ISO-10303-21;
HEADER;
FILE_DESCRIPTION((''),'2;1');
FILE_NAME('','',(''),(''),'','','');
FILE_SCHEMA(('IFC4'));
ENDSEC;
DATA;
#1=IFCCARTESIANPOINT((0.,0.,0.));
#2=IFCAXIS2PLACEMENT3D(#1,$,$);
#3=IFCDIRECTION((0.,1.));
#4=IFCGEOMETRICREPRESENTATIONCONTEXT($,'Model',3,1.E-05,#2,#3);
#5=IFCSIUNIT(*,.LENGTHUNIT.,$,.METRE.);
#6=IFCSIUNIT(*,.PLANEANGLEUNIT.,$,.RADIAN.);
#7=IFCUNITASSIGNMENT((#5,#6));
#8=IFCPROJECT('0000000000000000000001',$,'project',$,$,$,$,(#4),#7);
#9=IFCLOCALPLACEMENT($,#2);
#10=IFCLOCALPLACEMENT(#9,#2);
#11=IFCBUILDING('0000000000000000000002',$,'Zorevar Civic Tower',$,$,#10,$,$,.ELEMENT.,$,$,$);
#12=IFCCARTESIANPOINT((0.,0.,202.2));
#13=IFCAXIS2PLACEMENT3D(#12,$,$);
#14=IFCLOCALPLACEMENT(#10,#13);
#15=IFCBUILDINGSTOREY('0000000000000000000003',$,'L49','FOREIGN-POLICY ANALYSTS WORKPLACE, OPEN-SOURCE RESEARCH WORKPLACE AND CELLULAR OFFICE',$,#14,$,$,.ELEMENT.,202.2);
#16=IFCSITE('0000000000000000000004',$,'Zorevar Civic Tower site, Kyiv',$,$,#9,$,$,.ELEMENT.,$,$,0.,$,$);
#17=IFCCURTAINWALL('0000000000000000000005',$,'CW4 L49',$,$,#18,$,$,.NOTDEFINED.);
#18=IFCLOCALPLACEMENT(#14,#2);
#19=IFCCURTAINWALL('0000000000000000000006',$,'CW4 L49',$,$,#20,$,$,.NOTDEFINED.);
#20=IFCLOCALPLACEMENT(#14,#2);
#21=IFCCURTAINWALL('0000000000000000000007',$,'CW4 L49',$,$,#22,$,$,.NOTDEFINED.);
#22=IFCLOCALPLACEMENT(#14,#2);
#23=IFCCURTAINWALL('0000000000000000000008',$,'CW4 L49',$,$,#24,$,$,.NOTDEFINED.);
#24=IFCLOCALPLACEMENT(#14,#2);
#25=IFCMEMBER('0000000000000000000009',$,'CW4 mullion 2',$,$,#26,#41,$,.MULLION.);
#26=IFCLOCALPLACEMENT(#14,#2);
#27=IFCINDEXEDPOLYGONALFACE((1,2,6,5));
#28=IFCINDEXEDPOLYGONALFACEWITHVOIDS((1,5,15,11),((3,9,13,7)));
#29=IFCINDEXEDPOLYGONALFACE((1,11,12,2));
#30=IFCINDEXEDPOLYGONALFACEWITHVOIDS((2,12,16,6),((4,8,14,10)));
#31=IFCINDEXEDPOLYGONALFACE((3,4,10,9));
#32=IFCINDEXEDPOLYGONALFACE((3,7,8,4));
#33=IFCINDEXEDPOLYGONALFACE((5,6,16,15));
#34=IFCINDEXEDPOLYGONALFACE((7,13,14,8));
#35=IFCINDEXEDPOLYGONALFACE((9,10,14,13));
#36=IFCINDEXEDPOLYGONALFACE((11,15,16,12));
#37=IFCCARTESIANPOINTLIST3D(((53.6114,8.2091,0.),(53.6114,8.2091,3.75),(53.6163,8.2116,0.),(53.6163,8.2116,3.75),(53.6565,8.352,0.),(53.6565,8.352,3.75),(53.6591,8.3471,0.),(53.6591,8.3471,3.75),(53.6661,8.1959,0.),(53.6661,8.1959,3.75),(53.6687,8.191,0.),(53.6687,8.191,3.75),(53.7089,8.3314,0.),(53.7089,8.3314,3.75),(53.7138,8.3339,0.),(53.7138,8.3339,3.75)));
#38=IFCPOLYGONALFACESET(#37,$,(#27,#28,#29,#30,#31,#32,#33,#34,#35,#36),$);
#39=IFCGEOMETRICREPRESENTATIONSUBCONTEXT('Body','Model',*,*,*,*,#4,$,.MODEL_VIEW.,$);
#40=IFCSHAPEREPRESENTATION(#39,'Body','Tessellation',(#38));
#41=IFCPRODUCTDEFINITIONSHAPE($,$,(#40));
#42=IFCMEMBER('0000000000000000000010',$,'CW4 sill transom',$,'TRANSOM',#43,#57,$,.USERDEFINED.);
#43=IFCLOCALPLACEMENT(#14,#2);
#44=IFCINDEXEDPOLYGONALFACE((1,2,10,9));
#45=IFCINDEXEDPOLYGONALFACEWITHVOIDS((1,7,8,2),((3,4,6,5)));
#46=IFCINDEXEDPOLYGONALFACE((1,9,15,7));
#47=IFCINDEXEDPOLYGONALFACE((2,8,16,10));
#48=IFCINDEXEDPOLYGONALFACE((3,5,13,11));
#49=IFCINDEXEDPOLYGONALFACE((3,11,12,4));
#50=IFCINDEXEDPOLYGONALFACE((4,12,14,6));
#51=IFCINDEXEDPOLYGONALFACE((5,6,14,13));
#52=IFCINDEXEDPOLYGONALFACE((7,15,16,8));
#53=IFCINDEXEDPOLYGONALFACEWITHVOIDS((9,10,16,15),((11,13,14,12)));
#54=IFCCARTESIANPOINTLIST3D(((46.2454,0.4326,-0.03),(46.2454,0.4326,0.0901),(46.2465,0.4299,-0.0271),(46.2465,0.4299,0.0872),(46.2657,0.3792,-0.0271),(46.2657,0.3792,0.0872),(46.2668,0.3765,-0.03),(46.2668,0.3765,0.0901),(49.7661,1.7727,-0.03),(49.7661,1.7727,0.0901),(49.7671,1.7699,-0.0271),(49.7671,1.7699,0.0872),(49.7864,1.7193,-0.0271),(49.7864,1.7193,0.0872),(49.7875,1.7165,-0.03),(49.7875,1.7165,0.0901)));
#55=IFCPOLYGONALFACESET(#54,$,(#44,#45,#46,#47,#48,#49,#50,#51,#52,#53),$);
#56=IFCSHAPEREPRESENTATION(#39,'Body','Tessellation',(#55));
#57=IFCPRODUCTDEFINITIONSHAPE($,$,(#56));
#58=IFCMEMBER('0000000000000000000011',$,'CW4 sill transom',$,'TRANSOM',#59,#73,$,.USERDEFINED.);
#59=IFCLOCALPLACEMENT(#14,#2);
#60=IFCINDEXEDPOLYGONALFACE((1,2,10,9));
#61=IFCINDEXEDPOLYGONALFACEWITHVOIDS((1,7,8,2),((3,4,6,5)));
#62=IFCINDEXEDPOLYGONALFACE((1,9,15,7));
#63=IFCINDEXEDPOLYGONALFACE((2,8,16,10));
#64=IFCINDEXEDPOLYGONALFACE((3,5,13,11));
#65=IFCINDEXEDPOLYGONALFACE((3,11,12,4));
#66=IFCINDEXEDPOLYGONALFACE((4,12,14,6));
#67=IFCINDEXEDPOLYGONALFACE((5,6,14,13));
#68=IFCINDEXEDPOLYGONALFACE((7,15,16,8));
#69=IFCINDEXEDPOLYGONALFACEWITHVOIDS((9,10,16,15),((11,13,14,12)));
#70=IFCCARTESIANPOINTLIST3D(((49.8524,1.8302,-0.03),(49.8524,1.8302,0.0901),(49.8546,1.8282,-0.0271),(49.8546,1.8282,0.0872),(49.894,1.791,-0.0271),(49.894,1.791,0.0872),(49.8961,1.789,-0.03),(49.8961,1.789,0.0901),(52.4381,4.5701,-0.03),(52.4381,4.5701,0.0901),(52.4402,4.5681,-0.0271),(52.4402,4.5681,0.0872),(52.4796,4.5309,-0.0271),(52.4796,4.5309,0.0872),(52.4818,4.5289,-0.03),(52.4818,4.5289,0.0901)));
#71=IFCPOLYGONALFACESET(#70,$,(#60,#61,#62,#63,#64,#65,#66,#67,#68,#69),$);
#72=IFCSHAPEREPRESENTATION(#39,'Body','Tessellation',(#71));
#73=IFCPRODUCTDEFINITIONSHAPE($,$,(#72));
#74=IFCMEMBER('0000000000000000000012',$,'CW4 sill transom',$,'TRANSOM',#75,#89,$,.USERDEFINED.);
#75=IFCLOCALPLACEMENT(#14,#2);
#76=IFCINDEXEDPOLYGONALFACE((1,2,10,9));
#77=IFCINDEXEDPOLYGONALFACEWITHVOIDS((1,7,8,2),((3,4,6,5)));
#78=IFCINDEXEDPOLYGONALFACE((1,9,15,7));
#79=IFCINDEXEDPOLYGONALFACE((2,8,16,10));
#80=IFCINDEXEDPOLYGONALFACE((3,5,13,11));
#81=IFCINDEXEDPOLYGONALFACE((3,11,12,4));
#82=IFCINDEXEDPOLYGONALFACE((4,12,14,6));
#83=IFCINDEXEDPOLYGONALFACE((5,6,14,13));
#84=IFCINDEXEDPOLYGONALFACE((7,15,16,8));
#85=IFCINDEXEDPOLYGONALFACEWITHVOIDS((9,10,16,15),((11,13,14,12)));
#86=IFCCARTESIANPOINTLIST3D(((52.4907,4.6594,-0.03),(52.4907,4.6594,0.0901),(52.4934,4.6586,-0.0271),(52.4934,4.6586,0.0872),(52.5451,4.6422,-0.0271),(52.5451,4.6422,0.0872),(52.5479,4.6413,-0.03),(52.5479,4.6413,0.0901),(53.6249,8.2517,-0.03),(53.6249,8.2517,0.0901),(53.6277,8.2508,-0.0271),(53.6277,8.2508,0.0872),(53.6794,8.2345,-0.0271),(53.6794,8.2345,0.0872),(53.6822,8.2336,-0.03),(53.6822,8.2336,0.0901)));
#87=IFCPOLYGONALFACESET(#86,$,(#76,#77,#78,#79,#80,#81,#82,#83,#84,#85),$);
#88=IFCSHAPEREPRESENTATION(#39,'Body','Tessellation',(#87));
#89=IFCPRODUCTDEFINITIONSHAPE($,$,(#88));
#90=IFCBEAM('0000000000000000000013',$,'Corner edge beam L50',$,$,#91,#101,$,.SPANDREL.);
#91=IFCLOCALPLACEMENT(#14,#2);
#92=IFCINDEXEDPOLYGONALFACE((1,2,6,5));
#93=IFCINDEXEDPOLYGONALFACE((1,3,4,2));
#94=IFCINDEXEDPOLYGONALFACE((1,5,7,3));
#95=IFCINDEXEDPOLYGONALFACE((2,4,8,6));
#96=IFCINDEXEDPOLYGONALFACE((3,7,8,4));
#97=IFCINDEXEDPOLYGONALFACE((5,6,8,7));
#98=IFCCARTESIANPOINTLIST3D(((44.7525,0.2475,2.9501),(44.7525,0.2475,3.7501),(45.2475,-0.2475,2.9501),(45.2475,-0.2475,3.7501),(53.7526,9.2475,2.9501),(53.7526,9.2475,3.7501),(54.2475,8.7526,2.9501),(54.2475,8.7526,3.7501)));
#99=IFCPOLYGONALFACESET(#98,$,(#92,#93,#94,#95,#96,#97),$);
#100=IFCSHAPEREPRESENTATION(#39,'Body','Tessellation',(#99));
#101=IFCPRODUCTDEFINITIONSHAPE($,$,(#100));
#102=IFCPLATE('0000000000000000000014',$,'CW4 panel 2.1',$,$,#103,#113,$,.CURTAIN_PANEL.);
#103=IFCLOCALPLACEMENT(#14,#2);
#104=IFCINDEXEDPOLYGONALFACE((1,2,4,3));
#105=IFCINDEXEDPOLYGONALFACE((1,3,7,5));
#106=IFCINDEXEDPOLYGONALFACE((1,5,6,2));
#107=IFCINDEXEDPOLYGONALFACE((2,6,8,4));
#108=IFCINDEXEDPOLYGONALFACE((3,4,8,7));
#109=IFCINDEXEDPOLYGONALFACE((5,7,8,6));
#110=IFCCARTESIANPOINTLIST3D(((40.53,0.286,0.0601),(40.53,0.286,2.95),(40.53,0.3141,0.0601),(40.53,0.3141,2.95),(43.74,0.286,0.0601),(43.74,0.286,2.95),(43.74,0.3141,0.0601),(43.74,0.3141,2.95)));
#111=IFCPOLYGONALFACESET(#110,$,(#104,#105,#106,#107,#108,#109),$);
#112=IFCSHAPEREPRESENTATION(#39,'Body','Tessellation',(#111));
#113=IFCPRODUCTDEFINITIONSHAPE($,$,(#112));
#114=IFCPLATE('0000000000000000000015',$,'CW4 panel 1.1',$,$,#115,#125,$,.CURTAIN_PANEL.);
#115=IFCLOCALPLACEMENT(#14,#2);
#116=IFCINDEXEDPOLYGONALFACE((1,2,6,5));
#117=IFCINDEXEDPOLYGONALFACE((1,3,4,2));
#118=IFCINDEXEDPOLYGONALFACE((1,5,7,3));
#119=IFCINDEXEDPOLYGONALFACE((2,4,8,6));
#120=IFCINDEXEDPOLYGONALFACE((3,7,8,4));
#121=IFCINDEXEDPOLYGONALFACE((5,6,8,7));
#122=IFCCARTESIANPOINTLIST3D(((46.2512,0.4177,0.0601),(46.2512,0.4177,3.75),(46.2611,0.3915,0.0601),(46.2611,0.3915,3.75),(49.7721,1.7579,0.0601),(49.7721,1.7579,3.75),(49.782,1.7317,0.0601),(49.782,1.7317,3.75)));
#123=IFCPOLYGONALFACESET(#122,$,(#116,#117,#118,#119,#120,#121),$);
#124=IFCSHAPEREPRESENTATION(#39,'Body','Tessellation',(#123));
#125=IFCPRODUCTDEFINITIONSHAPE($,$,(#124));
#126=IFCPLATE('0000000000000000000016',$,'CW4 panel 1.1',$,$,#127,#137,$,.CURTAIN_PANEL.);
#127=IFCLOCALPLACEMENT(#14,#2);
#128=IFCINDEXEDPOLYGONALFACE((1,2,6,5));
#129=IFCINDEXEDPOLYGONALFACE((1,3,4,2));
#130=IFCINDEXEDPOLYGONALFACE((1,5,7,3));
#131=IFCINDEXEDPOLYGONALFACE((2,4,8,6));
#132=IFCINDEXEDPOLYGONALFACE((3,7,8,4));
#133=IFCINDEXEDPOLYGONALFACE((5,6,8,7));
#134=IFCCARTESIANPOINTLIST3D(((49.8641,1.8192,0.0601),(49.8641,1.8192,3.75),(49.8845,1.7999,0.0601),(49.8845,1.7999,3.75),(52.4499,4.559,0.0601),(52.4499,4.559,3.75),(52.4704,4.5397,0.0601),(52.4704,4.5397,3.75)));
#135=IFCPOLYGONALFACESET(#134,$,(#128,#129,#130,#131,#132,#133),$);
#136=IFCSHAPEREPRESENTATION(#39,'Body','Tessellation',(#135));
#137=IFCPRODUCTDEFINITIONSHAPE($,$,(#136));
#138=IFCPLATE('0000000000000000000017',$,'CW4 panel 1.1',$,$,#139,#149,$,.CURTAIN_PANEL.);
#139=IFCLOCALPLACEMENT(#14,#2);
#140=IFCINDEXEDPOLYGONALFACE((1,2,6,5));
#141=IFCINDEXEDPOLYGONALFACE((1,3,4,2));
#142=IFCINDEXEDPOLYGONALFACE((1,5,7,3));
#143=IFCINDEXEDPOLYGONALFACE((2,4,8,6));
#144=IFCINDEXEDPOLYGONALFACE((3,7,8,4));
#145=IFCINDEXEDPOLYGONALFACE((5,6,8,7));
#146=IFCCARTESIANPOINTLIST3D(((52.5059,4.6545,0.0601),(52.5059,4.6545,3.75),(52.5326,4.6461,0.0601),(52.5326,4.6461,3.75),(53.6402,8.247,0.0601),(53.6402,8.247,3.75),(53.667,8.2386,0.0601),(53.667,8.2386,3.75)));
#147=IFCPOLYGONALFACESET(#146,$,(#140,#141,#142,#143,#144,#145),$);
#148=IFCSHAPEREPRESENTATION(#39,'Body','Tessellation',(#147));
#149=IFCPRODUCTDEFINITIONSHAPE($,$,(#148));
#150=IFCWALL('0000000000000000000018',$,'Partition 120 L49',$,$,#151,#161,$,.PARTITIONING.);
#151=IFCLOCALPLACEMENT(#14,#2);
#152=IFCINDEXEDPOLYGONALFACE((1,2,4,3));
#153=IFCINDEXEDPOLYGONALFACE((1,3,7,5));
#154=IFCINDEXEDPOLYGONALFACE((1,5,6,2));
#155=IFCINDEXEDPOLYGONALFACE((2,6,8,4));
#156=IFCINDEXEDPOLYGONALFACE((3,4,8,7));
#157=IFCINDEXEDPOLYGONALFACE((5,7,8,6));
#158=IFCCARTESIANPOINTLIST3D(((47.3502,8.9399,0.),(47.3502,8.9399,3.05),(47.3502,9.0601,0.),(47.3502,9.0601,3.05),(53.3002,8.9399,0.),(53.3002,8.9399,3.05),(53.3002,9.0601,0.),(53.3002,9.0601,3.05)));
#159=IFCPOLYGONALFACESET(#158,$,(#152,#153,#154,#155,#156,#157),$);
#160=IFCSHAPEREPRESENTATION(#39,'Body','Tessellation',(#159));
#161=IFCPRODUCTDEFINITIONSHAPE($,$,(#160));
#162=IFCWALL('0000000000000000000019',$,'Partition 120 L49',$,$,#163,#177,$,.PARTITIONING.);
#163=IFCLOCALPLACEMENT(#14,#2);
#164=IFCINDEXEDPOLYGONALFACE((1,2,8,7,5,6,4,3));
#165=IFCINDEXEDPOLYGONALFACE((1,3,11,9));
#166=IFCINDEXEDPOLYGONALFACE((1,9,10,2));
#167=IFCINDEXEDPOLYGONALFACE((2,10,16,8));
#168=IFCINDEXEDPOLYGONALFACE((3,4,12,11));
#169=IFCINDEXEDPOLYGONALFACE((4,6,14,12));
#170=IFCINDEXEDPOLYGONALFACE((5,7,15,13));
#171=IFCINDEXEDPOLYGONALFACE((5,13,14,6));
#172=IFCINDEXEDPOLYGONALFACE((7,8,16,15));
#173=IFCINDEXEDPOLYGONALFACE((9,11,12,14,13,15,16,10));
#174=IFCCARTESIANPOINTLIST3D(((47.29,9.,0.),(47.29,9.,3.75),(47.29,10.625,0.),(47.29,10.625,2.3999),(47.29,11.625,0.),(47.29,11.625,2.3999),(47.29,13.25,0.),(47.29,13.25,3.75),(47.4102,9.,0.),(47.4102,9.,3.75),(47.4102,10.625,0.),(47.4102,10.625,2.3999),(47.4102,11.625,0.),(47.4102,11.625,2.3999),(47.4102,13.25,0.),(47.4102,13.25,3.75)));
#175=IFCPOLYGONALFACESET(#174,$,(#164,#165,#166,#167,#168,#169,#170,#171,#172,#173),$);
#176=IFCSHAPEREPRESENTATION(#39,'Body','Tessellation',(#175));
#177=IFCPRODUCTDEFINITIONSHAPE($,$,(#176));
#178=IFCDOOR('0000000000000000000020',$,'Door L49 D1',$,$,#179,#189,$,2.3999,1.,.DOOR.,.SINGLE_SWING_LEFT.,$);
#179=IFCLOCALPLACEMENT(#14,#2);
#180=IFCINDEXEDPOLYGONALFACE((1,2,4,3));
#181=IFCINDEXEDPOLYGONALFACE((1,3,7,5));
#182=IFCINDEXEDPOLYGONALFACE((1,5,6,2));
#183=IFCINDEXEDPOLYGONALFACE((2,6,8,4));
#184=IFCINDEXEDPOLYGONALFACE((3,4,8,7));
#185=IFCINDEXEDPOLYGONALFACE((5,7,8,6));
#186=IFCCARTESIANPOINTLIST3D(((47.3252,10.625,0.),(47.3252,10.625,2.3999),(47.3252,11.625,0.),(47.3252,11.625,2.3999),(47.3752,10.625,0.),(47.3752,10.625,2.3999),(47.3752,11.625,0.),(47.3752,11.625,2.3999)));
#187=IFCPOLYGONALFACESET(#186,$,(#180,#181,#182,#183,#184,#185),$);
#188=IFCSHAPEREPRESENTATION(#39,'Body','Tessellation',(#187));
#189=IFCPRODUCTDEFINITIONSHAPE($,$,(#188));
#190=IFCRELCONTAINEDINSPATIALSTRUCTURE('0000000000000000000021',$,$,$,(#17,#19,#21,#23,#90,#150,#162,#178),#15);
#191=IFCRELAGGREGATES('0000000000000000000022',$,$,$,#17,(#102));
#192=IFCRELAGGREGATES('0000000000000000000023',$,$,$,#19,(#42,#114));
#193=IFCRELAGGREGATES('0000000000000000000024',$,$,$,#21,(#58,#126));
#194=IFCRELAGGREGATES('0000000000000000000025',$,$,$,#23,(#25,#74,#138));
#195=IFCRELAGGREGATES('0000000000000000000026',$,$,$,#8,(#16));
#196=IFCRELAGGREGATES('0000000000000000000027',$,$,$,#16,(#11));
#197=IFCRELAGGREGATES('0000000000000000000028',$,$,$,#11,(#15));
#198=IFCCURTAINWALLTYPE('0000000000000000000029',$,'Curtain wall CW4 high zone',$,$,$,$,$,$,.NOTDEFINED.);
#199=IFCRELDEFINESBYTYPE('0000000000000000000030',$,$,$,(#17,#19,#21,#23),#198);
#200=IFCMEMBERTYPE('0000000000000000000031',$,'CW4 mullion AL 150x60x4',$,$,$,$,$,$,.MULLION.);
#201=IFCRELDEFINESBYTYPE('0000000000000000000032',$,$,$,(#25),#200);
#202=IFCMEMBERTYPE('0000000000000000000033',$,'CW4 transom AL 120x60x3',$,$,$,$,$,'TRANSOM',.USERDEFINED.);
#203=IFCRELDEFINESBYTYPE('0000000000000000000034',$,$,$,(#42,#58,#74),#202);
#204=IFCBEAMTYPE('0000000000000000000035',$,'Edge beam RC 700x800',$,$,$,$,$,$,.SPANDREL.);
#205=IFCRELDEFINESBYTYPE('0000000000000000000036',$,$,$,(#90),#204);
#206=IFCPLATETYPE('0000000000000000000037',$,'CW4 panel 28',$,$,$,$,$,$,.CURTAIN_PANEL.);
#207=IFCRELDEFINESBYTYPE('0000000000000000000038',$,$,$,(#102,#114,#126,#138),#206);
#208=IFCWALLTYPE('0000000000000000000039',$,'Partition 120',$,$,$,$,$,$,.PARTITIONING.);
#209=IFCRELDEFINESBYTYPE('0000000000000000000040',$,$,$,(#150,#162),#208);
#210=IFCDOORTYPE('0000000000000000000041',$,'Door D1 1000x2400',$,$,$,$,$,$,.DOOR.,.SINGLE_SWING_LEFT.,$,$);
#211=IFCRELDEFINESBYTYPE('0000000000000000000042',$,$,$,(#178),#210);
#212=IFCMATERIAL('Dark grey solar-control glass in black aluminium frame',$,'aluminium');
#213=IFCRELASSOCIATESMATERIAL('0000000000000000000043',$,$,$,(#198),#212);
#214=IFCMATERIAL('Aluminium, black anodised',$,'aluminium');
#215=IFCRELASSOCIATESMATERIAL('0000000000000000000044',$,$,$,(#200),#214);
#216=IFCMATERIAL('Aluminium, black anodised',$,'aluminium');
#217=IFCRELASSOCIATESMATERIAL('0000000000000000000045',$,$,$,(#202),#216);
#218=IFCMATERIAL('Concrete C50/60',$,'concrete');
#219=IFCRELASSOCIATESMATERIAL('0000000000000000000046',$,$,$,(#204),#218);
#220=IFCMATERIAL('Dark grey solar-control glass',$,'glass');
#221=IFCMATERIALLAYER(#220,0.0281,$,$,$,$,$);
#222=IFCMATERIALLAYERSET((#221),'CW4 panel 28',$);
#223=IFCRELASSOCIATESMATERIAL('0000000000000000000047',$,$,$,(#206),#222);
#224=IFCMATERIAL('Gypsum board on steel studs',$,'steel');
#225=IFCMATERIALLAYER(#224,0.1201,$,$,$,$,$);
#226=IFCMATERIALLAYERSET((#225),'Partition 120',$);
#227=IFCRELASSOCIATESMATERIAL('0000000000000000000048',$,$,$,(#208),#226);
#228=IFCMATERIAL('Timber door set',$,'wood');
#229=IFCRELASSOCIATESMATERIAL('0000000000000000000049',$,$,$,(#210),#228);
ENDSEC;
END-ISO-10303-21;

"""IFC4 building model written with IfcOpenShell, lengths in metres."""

from ifc_helpers import new_model, si_unit, direction, frame, frame_2d, origin, origin_2d, place, context, subcontext, project, spatial, rectangle, hollow_rectangle, extrude, material, layer, layer_set, material_profile, profile_set, type_object, element, fill, aggregate, save


model = new_model("IFC4")

# Units and contexts
model_context = context("Model", 3, precision=1e-05, world=origin(), true_north=direction((0.0, 1.0)))
body_context = subcontext(model_context, "Body", "Model", "MODEL_VIEW")
ifc_project = project(units=[si_unit("LENGTHUNIT", "METRE"), si_unit("PLANEANGLEUNIT", "RADIAN")], contexts=[model_context])

# Site, building, storey
site_placement = place(None, origin())
site = spatial("IfcSite", under=ifc_project, at=site_placement, Name="Zorevar Civic Tower site, Kyiv", CompositionType="ELEMENT", RefElevation=0.0)
building_placement = place(site_placement, origin())
building = spatial("IfcBuilding", under=site, at=building_placement, Name="Zorevar Civic Tower", CompositionType="ELEMENT")
storey_placement = place(building_placement, frame((0.0, 0.0, 202.2)))
storey = spatial("IfcBuildingStorey", under=building, at=storey_placement, Name="L49", Description="FOREIGN-POLICY ANALYSTS WORKPLACE, OPEN-SOURCE RESEARCH WORKPLACE AND CELLULAR OFFICE", CompositionType="ELEMENT", Elevation=202.2)

# Curtain wall
ifc_material_1 = material(Name="Dark grey solar-control glass in black aluminium frame", Category="aluminium")
curtain_wall_type = type_object("IfcCurtainWallType", Name="Curtain wall CW4 high zone", PredefinedType="NOTDEFINED", material=ifc_material_1)
curtain_wall_1_placement = place(storey_placement, origin())
curtain_wall_1 = element("IfcCurtainWall", 1, at=curtain_wall_1_placement, inside=storey, type_object=curtain_wall_type, Name="CW4 L49", PredefinedType="NOTDEFINED")
ifc_material_2 = material(Name="Aluminium, black anodised", Category="aluminium")
ifc_material_profile_1 = material_profile(ifc_material_2, hollow_rectangle(XDim=0.0601, YDim=0.1499, WallThickness=0.0039, at=origin_2d()), Name="AL 150x60x4")
ifc_profile_set_1 = profile_set([ifc_material_profile_1], Name="Aluminium, black anodised")
member_type_1 = type_object("IfcMemberType", Name="CW4 mullion AL 150x60x4", PredefinedType="MULLION", material=ifc_profile_set_1)

# Curtain walls, member
curtain_wall_2_placement = place(storey_placement, origin())
curtain_wall_2 = element("IfcCurtainWall", 2, at=curtain_wall_2_placement, inside=storey, type_object=curtain_wall_type, Name="CW4 L49", PredefinedType="NOTDEFINED")
curtain_wall_3_placement = place(storey_placement, origin())
curtain_wall_3 = element("IfcCurtainWall", 3, at=curtain_wall_3_placement, inside=storey, type_object=curtain_wall_type, Name="CW4 L49", PredefinedType="NOTDEFINED")
curtain_wall_4_placement = place(storey_placement, origin())
curtain_wall_4 = element("IfcCurtainWall", 4, at=curtain_wall_4_placement, inside=storey, type_object=curtain_wall_type, Name="CW4 L49", PredefinedType="NOTDEFINED")
member_1_placement = place(storey_placement, frame((53.6626, 8.2715, 0.0), z_axis=(0.0, 0.0, 1.0), x_axis=(-0.95359, 0.301108, 0.0)))
member_1 = element("IfcMember", 5, at=member_1_placement, type_object=member_type_1, Name="CW4 mullion 2", PredefinedType="MULLION", context=body_context, shape_type="SweptSolid", body=[
    extrude(hollow_rectangle(XDim=0.0601, YDim=0.1499, WallThickness=0.0039, at=origin_2d()), origin(), (0.0, 0.0, 1.0), 3.75),
])

# Members
ifc_material_3 = material(Name="Aluminium, black anodised", Category="aluminium")
ifc_material_profile_2 = material_profile(ifc_material_3, hollow_rectangle(XDim=0.0601, YDim=0.1201, WallThickness=0.0029, at=origin_2d()), Name="AL 120x60x3")
ifc_profile_set_2 = profile_set([ifc_material_profile_2], Name="Aluminium, black anodised")
member_type_2 = type_object("IfcMemberType", Name="CW4 transom AL 120x60x3", ElementType="TRANSOM", PredefinedType="USERDEFINED", material=ifc_profile_set_2)
member_2_placement = place(storey_placement, frame((46.2561, 0.4045, 0.03), z_axis=(0.934589, 0.355729, 0.0), x_axis=(-0.355729, 0.934589, 0.0)))
member_2 = element("IfcMember", 6, at=member_2_placement, type_object=member_type_2, Name="CW4 sill transom", ObjectType="TRANSOM", PredefinedType="USERDEFINED", context=body_context, shape_type="SweptSolid", body=[
    extrude(hollow_rectangle(XDim=0.0601, YDim=0.1201, WallThickness=0.0029, at=origin_2d()), origin(), (0.0, 0.0, 1.0), 3.7671),
])
member_3_placement = place(storey_placement, frame((49.8743, 1.8096, 0.03), z_axis=(0.686332, 0.727288, 0.0), x_axis=(-0.727288, 0.686332, 0.0)))
member_3 = element("IfcMember", 7, at=member_3_placement, type_object=member_type_2, Name="CW4 sill transom", ObjectType="TRANSOM", PredefinedType="USERDEFINED", context=body_context, shape_type="SweptSolid", body=[
    extrude(hollow_rectangle(XDim=0.0601, YDim=0.1201, WallThickness=0.0029, at=origin_2d()), origin(), (0.0, 0.0, 1.0), 3.7673),
])
member_4_placement = place(storey_placement, frame((52.5193, 4.6504, 0.03), z_axis=(0.3011, 0.953592, 0.0), x_axis=(-0.953592, 0.3011, 0.0)))
member_4 = element("IfcMember", 8, at=member_4_placement, type_object=member_type_2, Name="CW4 sill transom", ObjectType="TRANSOM", PredefinedType="USERDEFINED", context=body_context, shape_type="SweptSolid", body=[
    extrude(hollow_rectangle(XDim=0.0601, YDim=0.1201, WallThickness=0.0029, at=origin_2d()), origin(), (0.0, 0.0, 1.0), 3.7671),
])

# Beam
ifc_material_4 = material(Name="Concrete C50/60", Category="concrete")
ifc_material_profile_3 = material_profile(ifc_material_4, rectangle(XDim=0.7, YDim=0.8, at=origin_2d()), Name="RC 700x800")
ifc_profile_set_3 = profile_set([ifc_material_profile_3], Name="Concrete C50/60")
beam_type_1 = type_object("IfcBeamType", Name="Edge beam RC 700x800", PredefinedType="SPANDREL", material=ifc_profile_set_3)
beam_1_placement = place(storey_placement, frame((45.0, 0.0, 3.3501), z_axis=(0.707107, 0.707107, 0.0), x_axis=(-0.707107, 0.707107, 0.0)))
element("IfcBeam", 9, at=beam_1_placement, inside=storey, type_object=beam_type_1, Name="Corner edge beam L50", PredefinedType="SPANDREL", context=body_context, shape_type="SweptSolid", body=[
    extrude(rectangle(XDim=0.7, YDim=0.8, at=origin_2d()), origin(), (0.0, 0.0, 1.0), 12.728),
])

# Plates
ifc_material_5 = material(Name="Dark grey solar-control glass", Category="glass")
ifc_layer_1 = layer(ifc_material_5, 0.0281)
ifc_layer_set_1 = layer_set([ifc_layer_1], Name="CW4 panel 28")
plate_type = type_object("IfcPlateType", Name="CW4 panel 28", PredefinedType="CURTAIN_PANEL", material=ifc_layer_set_1)
plate_1_placement = place(storey_placement, frame((42.135, 0.3, 0.0601), z_axis=(0.0, 0.0, 1.0), x_axis=(1.0, 0.0, 0.0)))
plate_1 = element("IfcPlate", 10, at=plate_1_placement, type_object=plate_type, Name="CW4 panel 2.1", PredefinedType="CURTAIN_PANEL", context=body_context, shape_type="SweptSolid", body=[
    extrude(rectangle(XDim=3.21, YDim=0.0281, at=origin_2d()), origin(), (0.0, 0.0, 1.0), 2.8899),
])
aggregate(curtain_wall_1, [plate_1])
plate_2_placement = place(storey_placement, frame((48.0166, 1.0747, 0.0601), z_axis=(0.0, 0.0, 1.0), x_axis=(0.934588, 0.355731, 0.0)))
plate_2 = element("IfcPlate", 11, at=plate_2_placement, type_object=plate_type, Name="CW4 panel 1.1", PredefinedType="CURTAIN_PANEL", context=body_context, shape_type="SweptSolid", body=[
    extrude(rectangle(XDim=3.7673, YDim=0.0281, at=origin_2d()), origin(), (0.0, 0.0, 1.0), 3.6899),
])
aggregate(curtain_wall_2, [member_2, plate_2])
plate_3_placement = place(storey_placement, frame((51.1672, 3.1794, 0.0601), z_axis=(0.0, 0.0, 1.0), x_axis=(0.686378, 0.727245, 0.0)))
plate_3 = element("IfcPlate", 12, at=plate_3_placement, type_object=plate_type, Name="CW4 panel 1.1", PredefinedType="CURTAIN_PANEL", context=body_context, shape_type="SweptSolid", body=[
    extrude(rectangle(XDim=3.7673, YDim=0.0281, at=origin_2d()), origin(), (0.0, 0.0, 1.0), 3.6899),
])
aggregate(curtain_wall_3, [member_3, plate_3])
plate_4_placement = place(storey_placement, frame((53.0864, 6.4465, 0.0601), z_axis=(0.0, 0.0, 1.0), x_axis=(0.301108, 0.95359, 0.0)))
plate_4 = element("IfcPlate", 13, at=plate_4_placement, type_object=plate_type, Name="CW4 panel 1.1", PredefinedType="CURTAIN_PANEL", context=body_context, shape_type="SweptSolid", body=[
    extrude(rectangle(XDim=3.7673, YDim=0.0281, at=origin_2d()), origin(), (0.0, 0.0, 1.0), 3.6899),
])
aggregate(curtain_wall_4, [member_1, member_4, plate_4])

# Wall
ifc_material_6 = material(Name="Gypsum board on steel studs", Category="steel")
ifc_layer_2 = layer(ifc_material_6, 0.1201)
ifc_layer_set_2 = layer_set([ifc_layer_2], Name="Partition 120")
wall_type = type_object("IfcWallType", Name="Partition 120", PredefinedType="PARTITIONING", material=ifc_layer_set_2)
wall_1_placement = place(storey_placement, frame((47.3501, 9.0, 0.0), z_axis=(0.0, 0.0, 1.0), x_axis=(1.0, 0.0, 0.0)))
element("IfcWall", 14, at=wall_1_placement, inside=storey, type_object=wall_type, Name="Partition 120 L49", PredefinedType="PARTITIONING", context=body_context, shape_type="SweptSolid", body=[
    extrude(rectangle(XDim=5.95, YDim=0.1201, at=frame_2d((2.9751, 0.0))), origin(), (0.0, 0.0, 1.0), 3.05),
])

# Wall, opening, door
wall_2_placement = place(storey_placement, frame((47.3501, 9.0, 0.0), z_axis=(0.0, 0.0, 1.0), x_axis=(0.0, 1.0, 0.0)))
wall_2 = element("IfcWall", 15, at=wall_2_placement, inside=storey, type_object=wall_type, Name="Partition 120 L49", PredefinedType="PARTITIONING", context=body_context, shape_type="SweptSolid", body=[
    extrude(rectangle(XDim=4.25, YDim=0.1201, at=frame_2d((2.125, 0.0))), origin(), (0.0, 0.0, 1.0), 3.75),
])
opening_placement = place(wall_2_placement, frame((1.625, 0.0, 0.0)))
opening = element("IfcOpeningElement", 16, at=opening_placement, cuts=wall_2, PredefinedType="OPENING", context=body_context, shape_type="SweptSolid", body=[
    extrude(rectangle(XDim=1.0, YDim=2.3999, at=frame_2d((0.5, 1.2))), frame((0.0, 0.0701, 0.0), z_axis=(0.0, -1.0, 0.0), x_axis=(1.0, 0.0, 0.0)), (0.0, 0.0, 1.0), 0.1401),
])
ifc_material_7 = material(Name="Timber door set", Category="wood")
door_type = type_object("IfcDoorType", Name="Door D1 1000x2400", OperationType="SINGLE_SWING_LEFT", PredefinedType="DOOR", material=ifc_material_7)
door_placement = place(opening_placement, origin())
door = element("IfcDoor", 17, at=door_placement, inside=storey, type_object=door_type, Name="Door L49 D1", OperationType="SINGLE_SWING_LEFT", OverallHeight=2.3999, OverallWidth=1.0, PredefinedType="DOOR", context=body_context, shape_type="SweptSolid", body=[
    extrude(rectangle(XDim=1.0, YDim=2.3999, at=frame_2d((0.5, 1.2))), frame((0.0, 0.0249, 0.0), z_axis=(0.0, -1.0, 0.0), x_axis=(1.0, 0.0, 0.0)), (0.0, 0.0, 1.0), 0.05),
])
fill(opening, door)

save(model, "model.ifc")
